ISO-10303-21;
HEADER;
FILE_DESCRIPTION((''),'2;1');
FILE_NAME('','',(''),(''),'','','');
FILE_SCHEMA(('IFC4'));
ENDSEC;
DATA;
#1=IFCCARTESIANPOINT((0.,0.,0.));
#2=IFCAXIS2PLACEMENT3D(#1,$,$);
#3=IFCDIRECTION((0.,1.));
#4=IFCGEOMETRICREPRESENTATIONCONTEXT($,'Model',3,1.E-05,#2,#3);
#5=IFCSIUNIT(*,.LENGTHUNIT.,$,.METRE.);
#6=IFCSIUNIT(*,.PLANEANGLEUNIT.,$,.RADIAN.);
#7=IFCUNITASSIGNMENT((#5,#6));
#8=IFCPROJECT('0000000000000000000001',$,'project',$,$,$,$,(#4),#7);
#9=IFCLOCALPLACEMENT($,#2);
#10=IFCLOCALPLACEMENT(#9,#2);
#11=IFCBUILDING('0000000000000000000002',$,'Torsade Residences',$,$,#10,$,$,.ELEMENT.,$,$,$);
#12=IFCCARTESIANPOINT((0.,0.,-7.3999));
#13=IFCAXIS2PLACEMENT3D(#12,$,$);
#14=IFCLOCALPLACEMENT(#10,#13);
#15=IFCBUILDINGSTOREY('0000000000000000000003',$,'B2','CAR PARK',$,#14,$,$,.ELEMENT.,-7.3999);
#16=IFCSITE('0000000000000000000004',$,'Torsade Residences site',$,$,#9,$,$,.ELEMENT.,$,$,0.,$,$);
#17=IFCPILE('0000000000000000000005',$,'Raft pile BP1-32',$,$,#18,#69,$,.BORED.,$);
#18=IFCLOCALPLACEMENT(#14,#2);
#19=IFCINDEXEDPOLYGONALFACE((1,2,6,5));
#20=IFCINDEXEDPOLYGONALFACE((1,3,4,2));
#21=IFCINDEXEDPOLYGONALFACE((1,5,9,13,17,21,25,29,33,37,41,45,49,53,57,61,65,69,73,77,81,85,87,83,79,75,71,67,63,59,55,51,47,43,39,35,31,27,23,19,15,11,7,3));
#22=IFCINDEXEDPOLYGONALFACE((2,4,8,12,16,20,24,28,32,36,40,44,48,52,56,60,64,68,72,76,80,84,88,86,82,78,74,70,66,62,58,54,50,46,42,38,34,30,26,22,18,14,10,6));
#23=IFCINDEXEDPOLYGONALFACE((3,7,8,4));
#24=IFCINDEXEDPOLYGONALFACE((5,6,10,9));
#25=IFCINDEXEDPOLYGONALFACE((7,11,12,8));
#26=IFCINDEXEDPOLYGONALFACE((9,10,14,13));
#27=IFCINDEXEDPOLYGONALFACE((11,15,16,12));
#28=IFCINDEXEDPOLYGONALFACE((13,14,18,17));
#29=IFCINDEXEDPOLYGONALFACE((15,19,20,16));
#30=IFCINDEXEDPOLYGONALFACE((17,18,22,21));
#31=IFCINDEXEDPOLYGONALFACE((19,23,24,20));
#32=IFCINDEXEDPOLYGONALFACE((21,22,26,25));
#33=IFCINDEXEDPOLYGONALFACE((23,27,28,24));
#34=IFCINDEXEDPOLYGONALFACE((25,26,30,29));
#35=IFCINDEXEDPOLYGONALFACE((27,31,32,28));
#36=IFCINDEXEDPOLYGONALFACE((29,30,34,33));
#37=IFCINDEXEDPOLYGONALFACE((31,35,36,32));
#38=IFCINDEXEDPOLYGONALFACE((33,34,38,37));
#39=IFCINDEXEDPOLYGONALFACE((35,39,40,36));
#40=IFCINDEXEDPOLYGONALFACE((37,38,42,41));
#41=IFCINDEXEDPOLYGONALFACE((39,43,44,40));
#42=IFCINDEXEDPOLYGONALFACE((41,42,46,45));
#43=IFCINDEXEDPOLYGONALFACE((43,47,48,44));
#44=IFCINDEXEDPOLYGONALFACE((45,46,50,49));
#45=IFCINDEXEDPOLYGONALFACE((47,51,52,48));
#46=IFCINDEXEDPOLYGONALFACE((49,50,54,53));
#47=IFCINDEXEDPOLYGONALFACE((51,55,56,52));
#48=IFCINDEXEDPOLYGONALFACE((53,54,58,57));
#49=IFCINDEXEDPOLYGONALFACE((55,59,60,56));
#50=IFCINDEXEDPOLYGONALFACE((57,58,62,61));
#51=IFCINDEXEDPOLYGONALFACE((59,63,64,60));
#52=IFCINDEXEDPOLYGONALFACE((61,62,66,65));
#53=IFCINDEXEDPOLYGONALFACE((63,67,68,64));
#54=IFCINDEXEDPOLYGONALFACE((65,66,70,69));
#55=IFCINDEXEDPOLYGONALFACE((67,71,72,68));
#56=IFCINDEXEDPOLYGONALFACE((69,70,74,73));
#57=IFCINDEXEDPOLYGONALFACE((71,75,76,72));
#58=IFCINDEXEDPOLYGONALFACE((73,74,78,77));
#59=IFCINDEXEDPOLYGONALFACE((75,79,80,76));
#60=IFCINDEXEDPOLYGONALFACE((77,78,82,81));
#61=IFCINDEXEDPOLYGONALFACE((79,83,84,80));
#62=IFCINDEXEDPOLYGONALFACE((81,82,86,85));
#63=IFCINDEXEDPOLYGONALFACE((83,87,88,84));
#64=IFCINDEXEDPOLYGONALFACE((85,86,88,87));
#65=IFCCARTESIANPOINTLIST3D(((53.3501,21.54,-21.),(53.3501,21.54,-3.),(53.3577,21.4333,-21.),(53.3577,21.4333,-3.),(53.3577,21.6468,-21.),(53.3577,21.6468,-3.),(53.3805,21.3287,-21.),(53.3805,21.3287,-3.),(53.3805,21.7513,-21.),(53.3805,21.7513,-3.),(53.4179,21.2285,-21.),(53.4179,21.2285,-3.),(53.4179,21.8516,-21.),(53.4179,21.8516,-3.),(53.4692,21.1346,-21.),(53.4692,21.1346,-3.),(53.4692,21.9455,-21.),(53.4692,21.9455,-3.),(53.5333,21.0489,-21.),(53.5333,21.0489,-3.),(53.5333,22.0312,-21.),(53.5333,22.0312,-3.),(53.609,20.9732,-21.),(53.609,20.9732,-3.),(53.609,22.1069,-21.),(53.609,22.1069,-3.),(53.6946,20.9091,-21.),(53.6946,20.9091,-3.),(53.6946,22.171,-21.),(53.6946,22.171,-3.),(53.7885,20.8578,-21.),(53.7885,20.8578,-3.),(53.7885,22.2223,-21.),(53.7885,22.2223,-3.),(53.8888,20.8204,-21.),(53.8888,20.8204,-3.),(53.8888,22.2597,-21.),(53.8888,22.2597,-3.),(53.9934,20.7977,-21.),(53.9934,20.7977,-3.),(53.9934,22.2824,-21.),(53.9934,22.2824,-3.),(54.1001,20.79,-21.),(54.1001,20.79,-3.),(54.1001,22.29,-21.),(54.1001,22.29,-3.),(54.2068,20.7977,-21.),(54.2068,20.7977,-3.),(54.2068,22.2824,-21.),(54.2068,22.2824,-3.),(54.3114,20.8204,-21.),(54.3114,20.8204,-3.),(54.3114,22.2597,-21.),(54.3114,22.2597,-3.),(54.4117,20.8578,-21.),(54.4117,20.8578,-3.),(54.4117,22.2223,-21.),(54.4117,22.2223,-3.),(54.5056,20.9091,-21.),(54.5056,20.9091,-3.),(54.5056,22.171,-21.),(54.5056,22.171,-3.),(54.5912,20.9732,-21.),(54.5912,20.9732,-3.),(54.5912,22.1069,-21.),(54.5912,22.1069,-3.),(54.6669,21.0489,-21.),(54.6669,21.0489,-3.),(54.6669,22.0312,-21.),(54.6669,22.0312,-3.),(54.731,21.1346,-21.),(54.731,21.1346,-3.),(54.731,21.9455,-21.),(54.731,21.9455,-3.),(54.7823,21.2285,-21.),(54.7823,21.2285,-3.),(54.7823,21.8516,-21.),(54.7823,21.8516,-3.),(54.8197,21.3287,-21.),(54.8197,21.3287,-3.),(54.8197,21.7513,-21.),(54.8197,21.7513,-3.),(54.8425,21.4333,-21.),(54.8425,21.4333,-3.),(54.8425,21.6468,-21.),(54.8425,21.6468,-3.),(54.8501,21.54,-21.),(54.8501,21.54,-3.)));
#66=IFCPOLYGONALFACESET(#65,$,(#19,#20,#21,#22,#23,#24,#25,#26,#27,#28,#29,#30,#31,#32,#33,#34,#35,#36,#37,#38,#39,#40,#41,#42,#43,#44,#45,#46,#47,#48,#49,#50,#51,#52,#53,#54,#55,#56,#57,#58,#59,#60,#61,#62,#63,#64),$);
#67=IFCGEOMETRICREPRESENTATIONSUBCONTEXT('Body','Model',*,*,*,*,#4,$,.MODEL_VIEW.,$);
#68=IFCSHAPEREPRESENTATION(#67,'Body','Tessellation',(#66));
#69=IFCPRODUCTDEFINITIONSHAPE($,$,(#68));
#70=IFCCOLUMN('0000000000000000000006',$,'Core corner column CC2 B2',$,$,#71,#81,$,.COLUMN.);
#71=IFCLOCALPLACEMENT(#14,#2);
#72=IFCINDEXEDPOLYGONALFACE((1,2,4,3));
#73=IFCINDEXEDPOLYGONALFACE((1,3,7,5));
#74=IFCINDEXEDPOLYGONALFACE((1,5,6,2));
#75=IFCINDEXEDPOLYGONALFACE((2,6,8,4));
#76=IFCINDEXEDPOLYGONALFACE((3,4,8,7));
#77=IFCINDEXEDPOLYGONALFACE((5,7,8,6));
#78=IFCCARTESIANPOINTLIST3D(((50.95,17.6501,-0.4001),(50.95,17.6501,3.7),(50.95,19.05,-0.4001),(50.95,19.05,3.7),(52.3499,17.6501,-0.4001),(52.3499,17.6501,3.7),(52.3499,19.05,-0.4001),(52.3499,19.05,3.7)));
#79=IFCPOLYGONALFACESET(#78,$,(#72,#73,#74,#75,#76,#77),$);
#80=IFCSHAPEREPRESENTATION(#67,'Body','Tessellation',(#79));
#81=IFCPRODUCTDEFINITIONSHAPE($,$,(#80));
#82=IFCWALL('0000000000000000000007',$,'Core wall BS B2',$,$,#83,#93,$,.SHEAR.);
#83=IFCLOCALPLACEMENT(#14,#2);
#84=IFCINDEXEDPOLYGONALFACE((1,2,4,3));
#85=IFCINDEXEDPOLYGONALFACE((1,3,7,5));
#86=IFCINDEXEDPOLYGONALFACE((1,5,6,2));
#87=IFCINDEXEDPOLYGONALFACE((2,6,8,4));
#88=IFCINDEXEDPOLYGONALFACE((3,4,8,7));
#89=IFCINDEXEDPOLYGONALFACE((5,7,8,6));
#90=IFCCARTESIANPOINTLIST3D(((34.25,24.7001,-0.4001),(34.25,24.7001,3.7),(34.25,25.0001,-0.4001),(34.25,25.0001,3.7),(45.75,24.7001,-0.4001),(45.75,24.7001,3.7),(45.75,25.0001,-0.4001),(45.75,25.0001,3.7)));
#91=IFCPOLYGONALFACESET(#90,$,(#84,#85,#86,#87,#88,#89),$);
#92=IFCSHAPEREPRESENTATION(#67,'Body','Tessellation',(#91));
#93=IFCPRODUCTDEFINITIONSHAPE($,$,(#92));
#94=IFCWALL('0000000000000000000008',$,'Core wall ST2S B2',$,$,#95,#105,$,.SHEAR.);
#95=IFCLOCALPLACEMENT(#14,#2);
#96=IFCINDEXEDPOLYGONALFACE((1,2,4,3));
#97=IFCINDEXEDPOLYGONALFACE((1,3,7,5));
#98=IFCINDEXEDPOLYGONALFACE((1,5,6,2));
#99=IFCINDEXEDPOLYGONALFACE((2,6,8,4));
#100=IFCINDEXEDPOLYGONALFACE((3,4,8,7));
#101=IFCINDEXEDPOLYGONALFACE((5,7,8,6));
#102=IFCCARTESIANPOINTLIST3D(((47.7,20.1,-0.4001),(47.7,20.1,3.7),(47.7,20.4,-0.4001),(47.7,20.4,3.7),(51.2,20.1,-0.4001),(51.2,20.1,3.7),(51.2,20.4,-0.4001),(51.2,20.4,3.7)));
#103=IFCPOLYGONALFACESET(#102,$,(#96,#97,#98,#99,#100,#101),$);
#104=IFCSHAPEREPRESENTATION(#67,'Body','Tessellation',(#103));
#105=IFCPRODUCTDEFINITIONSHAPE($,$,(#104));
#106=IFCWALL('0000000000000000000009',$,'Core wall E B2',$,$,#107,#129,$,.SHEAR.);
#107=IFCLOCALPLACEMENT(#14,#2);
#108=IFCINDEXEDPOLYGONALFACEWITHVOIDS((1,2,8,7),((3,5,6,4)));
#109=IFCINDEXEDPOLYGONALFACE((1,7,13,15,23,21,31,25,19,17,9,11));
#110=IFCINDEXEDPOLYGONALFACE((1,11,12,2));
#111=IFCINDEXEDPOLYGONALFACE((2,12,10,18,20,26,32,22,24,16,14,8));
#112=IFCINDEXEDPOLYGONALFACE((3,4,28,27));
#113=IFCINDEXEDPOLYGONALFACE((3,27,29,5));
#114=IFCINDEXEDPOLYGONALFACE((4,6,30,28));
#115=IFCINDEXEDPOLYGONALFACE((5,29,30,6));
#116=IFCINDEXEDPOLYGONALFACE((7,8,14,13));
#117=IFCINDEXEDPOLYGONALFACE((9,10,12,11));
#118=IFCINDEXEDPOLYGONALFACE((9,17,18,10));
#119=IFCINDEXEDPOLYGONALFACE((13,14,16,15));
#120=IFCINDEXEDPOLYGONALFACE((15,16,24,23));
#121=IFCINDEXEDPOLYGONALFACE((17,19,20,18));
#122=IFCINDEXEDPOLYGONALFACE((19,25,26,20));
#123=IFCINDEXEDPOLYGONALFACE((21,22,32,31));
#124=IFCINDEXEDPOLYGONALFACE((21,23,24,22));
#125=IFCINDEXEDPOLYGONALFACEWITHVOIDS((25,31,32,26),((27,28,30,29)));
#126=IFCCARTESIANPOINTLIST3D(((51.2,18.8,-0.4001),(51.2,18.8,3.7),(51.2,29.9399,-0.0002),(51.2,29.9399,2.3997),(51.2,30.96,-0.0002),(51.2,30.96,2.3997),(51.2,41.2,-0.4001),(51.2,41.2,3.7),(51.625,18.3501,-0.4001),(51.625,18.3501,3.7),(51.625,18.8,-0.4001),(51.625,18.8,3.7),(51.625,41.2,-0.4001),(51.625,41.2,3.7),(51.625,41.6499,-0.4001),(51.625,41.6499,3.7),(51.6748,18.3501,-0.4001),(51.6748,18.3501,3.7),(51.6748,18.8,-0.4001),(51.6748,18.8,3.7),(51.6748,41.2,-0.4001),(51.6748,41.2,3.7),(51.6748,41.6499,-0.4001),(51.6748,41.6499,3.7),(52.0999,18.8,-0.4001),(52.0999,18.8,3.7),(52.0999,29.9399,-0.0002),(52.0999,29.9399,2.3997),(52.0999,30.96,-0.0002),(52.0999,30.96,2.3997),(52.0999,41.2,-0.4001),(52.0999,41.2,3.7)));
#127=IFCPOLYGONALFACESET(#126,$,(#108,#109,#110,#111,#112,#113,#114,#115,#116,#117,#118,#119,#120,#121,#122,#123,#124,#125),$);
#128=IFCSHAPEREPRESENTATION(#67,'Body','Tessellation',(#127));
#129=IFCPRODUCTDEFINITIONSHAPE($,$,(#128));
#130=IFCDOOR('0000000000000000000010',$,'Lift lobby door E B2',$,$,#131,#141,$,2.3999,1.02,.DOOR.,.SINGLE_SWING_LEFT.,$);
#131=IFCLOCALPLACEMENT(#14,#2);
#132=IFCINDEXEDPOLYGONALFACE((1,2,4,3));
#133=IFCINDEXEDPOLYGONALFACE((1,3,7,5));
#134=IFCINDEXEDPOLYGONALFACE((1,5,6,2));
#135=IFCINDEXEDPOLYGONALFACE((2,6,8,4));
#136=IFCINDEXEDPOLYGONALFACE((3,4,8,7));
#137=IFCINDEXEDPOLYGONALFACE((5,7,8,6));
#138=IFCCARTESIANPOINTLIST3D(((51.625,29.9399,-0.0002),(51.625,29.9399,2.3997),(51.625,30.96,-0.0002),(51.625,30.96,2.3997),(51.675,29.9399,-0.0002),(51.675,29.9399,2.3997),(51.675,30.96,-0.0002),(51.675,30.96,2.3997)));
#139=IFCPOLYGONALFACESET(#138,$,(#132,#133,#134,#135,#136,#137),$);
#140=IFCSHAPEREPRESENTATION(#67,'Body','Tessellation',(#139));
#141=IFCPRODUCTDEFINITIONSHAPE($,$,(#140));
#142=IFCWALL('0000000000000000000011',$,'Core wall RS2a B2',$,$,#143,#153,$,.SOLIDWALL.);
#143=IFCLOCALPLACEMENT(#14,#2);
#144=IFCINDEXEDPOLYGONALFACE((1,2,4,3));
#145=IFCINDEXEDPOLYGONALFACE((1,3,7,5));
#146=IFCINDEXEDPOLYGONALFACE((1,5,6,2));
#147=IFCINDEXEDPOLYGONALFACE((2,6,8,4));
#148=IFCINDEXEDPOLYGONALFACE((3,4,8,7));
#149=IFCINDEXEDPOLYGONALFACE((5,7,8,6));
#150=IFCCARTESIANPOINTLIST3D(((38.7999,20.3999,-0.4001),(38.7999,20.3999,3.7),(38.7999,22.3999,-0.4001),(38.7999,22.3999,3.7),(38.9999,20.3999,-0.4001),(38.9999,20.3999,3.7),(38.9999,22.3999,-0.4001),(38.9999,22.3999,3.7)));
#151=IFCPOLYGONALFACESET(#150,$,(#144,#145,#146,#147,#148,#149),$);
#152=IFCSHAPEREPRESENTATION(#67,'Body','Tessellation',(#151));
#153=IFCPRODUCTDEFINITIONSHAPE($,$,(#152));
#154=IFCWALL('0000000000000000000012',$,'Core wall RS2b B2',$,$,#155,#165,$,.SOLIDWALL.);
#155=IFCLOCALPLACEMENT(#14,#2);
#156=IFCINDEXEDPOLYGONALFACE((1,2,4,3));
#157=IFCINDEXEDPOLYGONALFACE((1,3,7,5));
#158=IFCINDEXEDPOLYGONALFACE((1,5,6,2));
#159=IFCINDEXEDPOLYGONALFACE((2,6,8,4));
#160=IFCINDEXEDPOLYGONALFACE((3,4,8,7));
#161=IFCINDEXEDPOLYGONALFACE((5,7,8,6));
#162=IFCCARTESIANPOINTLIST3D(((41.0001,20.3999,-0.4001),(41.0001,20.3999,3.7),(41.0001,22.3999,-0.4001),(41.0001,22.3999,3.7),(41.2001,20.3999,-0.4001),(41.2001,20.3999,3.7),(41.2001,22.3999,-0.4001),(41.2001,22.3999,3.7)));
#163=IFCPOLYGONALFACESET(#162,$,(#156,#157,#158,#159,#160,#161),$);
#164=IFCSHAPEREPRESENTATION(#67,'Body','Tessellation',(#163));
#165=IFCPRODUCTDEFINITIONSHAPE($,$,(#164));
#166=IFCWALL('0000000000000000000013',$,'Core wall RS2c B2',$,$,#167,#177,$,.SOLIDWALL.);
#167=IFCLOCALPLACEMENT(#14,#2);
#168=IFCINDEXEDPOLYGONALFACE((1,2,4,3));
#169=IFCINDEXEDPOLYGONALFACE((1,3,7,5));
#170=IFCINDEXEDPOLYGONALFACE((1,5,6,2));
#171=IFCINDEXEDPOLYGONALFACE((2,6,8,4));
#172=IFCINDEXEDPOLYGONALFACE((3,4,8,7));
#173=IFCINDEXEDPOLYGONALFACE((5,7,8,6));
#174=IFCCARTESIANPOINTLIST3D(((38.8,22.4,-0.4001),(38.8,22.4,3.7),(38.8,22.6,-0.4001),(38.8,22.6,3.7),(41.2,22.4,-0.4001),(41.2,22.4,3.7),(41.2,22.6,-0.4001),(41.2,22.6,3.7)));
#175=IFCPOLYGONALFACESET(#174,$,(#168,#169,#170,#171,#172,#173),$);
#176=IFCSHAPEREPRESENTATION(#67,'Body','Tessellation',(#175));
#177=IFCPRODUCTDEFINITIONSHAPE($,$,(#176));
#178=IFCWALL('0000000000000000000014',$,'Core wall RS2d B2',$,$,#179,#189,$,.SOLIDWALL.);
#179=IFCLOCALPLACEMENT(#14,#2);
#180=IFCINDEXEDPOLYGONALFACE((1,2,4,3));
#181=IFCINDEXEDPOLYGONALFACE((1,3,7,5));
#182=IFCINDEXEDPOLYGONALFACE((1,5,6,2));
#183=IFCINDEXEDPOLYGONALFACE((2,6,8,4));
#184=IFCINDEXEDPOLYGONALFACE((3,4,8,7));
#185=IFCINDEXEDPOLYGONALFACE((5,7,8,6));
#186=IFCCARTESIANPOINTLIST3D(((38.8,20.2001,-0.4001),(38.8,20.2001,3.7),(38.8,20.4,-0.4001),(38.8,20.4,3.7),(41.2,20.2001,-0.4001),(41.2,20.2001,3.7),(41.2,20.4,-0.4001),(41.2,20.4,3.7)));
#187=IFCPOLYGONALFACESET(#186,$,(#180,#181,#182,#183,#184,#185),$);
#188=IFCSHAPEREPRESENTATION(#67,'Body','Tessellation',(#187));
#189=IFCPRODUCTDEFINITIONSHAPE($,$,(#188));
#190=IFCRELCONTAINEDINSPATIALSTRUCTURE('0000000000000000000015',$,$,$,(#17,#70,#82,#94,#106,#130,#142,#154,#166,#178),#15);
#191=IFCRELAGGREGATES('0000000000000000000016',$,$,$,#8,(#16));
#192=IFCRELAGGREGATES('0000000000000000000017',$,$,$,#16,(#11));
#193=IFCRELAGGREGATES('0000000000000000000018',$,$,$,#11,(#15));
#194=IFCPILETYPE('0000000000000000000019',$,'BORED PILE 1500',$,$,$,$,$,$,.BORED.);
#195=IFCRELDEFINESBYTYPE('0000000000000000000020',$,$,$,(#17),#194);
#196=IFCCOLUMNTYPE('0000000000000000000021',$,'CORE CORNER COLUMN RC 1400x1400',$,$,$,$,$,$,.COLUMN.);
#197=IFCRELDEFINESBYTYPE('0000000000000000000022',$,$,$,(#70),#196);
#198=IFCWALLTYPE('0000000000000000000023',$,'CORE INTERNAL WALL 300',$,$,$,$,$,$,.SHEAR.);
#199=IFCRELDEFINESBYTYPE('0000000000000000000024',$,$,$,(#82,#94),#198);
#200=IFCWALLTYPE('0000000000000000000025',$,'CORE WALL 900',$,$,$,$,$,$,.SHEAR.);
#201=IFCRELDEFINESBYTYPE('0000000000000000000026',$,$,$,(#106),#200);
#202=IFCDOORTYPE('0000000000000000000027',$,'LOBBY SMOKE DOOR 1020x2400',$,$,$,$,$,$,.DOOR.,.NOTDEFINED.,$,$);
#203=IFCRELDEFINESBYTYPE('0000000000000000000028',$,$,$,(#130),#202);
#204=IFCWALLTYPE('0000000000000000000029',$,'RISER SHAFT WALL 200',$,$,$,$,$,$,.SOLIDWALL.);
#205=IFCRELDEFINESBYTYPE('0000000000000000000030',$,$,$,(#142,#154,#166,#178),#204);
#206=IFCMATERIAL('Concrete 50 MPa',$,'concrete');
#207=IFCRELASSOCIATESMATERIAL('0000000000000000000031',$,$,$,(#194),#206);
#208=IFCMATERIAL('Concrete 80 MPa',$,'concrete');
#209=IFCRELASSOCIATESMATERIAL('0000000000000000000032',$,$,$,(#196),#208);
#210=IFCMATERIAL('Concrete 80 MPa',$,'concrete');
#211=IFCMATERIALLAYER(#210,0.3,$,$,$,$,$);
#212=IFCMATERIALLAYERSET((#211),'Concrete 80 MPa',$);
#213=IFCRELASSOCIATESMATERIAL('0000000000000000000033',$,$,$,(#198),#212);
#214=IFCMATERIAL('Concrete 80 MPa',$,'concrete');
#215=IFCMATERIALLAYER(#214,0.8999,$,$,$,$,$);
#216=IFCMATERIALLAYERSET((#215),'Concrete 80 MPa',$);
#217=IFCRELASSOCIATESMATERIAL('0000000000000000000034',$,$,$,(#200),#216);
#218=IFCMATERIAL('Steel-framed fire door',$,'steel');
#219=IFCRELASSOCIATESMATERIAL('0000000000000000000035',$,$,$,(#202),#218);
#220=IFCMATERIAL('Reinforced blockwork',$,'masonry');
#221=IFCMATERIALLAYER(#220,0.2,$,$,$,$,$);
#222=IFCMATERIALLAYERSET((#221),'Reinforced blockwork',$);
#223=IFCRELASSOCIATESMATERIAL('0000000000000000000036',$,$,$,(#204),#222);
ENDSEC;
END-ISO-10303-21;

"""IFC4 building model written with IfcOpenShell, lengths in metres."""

from ifc_helpers import new_model, si_unit, direction, frame, frame_2d, origin, origin_2d, place, context, subcontext, project, spatial, polyline, rectangle, circle, outline, extrude, material, layer, layer_set, material_profile, profile_set, type_object, element, fill, save


model = new_model("IFC4")

# Units and contexts
model_context = context("Model", 3, precision=1e-05, world=origin(), true_north=direction((0.0, 1.0)))
body_context = subcontext(model_context, "Body", "Model", "MODEL_VIEW")
ifc_project = project(units=[si_unit("LENGTHUNIT", "METRE"), si_unit("PLANEANGLEUNIT", "RADIAN")], contexts=[model_context])

# Site, building, storey
site_placement = place(None, origin())
site = spatial("IfcSite", under=ifc_project, at=site_placement, Name="Torsade Residences site", CompositionType="ELEMENT", RefElevation=0.0)
building_placement = place(site_placement, origin())
building = spatial("IfcBuilding", under=site, at=building_placement, Name="Torsade Residences", CompositionType="ELEMENT")
storey_placement = place(building_placement, frame((0.0, 0.0, -7.3999)))
storey = spatial("IfcBuildingStorey", under=building, at=storey_placement, Name="B2", Description="CAR PARK", CompositionType="ELEMENT", Elevation=-7.3999)

# Pile
ifc_material_1 = material(Name="Concrete 50 MPa", Category="concrete")
pile_type = type_object("IfcPileType", Name="BORED PILE 1500", PredefinedType="BORED", material=ifc_material_1)
for number, where, z_axis, x_axis, name in (
    (1, (54.1001, 21.54, -3.0), (0.0, 0.0, -1.0), (1.0, 0.0, 0.0), "Raft pile BP1-32"),
):
    element("IfcPile", number, at=place(storey_placement, frame(where, z_axis=z_axis, x_axis=x_axis)), inside=storey, type_object=pile_type, Name=name, PredefinedType="BORED", context=body_context, shape_type="SweptSolid", body=[
        extrude(circle(Radius=0.75, at=origin_2d()), origin(), (0.0, 0.0, 1.0), 18.0),
    ])

# Column
ifc_material_2 = material(Name="Concrete 80 MPa", Category="concrete")
ifc_material_profile = material_profile(ifc_material_2, rectangle(XDim=1.3999, YDim=1.3999, at=origin_2d()), Name="RC 1400x1400")
ifc_profile_set = profile_set([ifc_material_profile], Name="Concrete 80 MPa")
column_type = type_object("IfcColumnType", Name="CORE CORNER COLUMN RC 1400x1400", PredefinedType="COLUMN", material=ifc_profile_set)
column_placement = place(storey_placement, frame((51.6499, 18.3501, -0.4001), z_axis=(0.0, 0.0, 1.0), x_axis=(1.0, 0.0, 0.0)))
element("IfcColumn", 2, at=column_placement, inside=storey, type_object=column_type, Name="Core corner column CC2 B2", PredefinedType="COLUMN", context=body_context, shape_type="SweptSolid", body=[
    extrude(rectangle(XDim=1.3999, YDim=1.3999, at=origin_2d()), origin(), (0.0, 0.0, 1.0), 4.1001),
])

# Walls
ifc_material_3 = material(Name="Concrete 80 MPa", Category="concrete")
ifc_layer_1 = layer(ifc_material_3, 0.3)
ifc_layer_set_1 = layer_set([ifc_layer_1], Name="Concrete 80 MPa")
wall_type_1 = type_object("IfcWallType", Name="CORE INTERNAL WALL 300", PredefinedType="SHEAR", material=ifc_layer_set_1)
wall_1_placement = place(storey_placement, frame((45.75, 24.8501, -0.4001), z_axis=(0.0, 0.0, 1.0), x_axis=(-1.0, 0.0, 0.0)))
element("IfcWall", 3, at=wall_1_placement, inside=storey, type_object=wall_type_1, Name="Core wall BS B2", PredefinedType="SHEAR", context=body_context, shape_type="SweptSolid", body=[
    extrude(rectangle(XDim=11.5, YDim=0.3, at=frame_2d((5.75, 0.0))), origin(), (0.0, 0.0, 1.0), 4.1001),
])
wall_2_placement = place(storey_placement, frame((51.2, 20.25, -0.4001), z_axis=(0.0, 0.0, 1.0), x_axis=(-1.0, 0.0, 0.0)))
element("IfcWall", 4, at=wall_2_placement, inside=storey, type_object=wall_type_1, Name="Core wall ST2S B2", PredefinedType="SHEAR", context=body_context, shape_type="SweptSolid", body=[
    extrude(rectangle(XDim=3.5, YDim=0.3, at=frame_2d((1.75, 0.0))), origin(), (0.0, 0.0, 1.0), 4.1001),
])

# Wall, opening, door
ifc_material_4 = material(Name="Concrete 80 MPa", Category="concrete")
ifc_layer_2 = layer(ifc_material_4, 0.8999)
ifc_layer_set_2 = layer_set([ifc_layer_2], Name="Concrete 80 MPa")
wall_type_2 = type_object("IfcWallType", Name="CORE WALL 900", PredefinedType="SHEAR", material=ifc_layer_set_2)
wall_3_placement = place(storey_placement, frame((51.6499, 18.8, -0.4001), z_axis=(0.0, 0.0, 1.0), x_axis=(0.0, 1.0, 0.0)))
wall_3 = element("IfcWall", 5, at=wall_3_placement, inside=storey, type_object=wall_type_2, Name="Core wall E B2", PredefinedType="SHEAR", context=body_context, shape_type="SweptSolid", body=[
    extrude(outline(polyline([(0.0, -0.45), (22.3999, -0.45), (22.3999, -0.0249), (22.8499, -0.0249), (22.8499, 0.0249), (22.3999, 0.0249), (22.3999, 0.45), (0.0, 0.45), (0.0, 0.0249), (-0.45, 0.0249), (-0.45, -0.0249), (0.0, -0.0249), (0.0, -0.45)])), origin(), (0.0, 0.0, 1.0), 4.1001),
])
opening_1_placement = place(wall_3_placement, frame((11.1399, 0.0, 0.3999)))
opening_1 = element("IfcOpeningElement", 6, at=opening_1_placement, cuts=wall_3, PredefinedType="OPENING", context=body_context, shape_type="SweptSolid", body=[
    extrude(rectangle(XDim=1.02, YDim=2.3999, at=frame_2d((0.51, 1.2))), frame((0.0, 0.46, 0.0), z_axis=(0.0, -1.0, 0.0), x_axis=(1.0, 0.0, 0.0)), (0.0, 0.0, 1.0), 0.9199),
])
ifc_material_5 = material(Name="Steel-framed fire door", Category="steel")
door_type_1 = type_object("IfcDoorType", Name="LOBBY SMOKE DOOR 1020x2400", OperationType="NOTDEFINED", PredefinedType="DOOR", material=ifc_material_5)
door_1_placement = place(opening_1_placement, origin())
door_1 = element("IfcDoor", 7, at=door_1_placement, inside=storey, type_object=door_type_1, Name="Lift lobby door E B2", OperationType="SINGLE_SWING_LEFT", OverallHeight=2.3999, OverallWidth=1.02, PredefinedType="DOOR", context=body_context, shape_type="SweptSolid", body=[
    extrude(rectangle(XDim=1.02, YDim=2.3999, at=frame_2d((0.51, 1.2))), frame((0.0, 0.0249, 0.0), z_axis=(0.0, -1.0, 0.0), x_axis=(1.0, 0.0, 0.0)), (0.0, 0.0, 1.0), 0.05),
])
fill(opening_1, door_1)

# Walls
ifc_material_6 = material(Name="Reinforced blockwork", Category="masonry")
ifc_layer_3 = layer(ifc_material_6, 0.2)
ifc_layer_set_3 = layer_set([ifc_layer_3], Name="Reinforced blockwork")
wall_type_3 = type_object("IfcWallType", Name="RISER SHAFT WALL 200", PredefinedType="SOLIDWALL", material=ifc_layer_set_3)
for number, where, z_axis, x_axis, name in (
    (8, (38.8999, 22.3999, -0.4001), (0.0, 0.0, 1.0), (0.0, -1.0, 0.0), "Core wall RS2a B2"),
    (9, (41.1001, 22.3999, -0.4001), (0.0, 0.0, 1.0), (0.0, -1.0, 0.0), "Core wall RS2b B2"),
):
    element("IfcWall", number, at=place(storey_placement, frame(where, z_axis=z_axis, x_axis=x_axis)), inside=storey, type_object=wall_type_3, Name=name, PredefinedType="SOLIDWALL", context=body_context, shape_type="SweptSolid", body=[
        extrude(rectangle(XDim=2.0, YDim=0.2, at=frame_2d((1.0, 0.0))), origin(), (0.0, 0.0, 1.0), 4.1001),
    ])
for number, where, z_axis, x_axis, name in (
    (10, (38.8, 22.5, -0.4001), (0.0, 0.0, 1.0), (1.0, 0.0, 0.0), "Core wall RS2c B2"),
    (11, (38.8, 20.3, -0.4001), (0.0, 0.0, 1.0), (1.0, 0.0, 0.0), "Core wall RS2d B2"),
):
    element("IfcWall", number, at=place(storey_placement, frame(where, z_axis=z_axis, x_axis=x_axis)), inside=storey, type_object=wall_type_3, Name=name, PredefinedType="SOLIDWALL", context=body_context, shape_type="SweptSolid", body=[
        extrude(rectangle(XDim=2.3999, YDim=0.2, at=frame_2d((1.2, 0.0))), origin(), (0.0, 0.0, 1.0), 4.1001),
    ])

save(model, "model.ifc")
